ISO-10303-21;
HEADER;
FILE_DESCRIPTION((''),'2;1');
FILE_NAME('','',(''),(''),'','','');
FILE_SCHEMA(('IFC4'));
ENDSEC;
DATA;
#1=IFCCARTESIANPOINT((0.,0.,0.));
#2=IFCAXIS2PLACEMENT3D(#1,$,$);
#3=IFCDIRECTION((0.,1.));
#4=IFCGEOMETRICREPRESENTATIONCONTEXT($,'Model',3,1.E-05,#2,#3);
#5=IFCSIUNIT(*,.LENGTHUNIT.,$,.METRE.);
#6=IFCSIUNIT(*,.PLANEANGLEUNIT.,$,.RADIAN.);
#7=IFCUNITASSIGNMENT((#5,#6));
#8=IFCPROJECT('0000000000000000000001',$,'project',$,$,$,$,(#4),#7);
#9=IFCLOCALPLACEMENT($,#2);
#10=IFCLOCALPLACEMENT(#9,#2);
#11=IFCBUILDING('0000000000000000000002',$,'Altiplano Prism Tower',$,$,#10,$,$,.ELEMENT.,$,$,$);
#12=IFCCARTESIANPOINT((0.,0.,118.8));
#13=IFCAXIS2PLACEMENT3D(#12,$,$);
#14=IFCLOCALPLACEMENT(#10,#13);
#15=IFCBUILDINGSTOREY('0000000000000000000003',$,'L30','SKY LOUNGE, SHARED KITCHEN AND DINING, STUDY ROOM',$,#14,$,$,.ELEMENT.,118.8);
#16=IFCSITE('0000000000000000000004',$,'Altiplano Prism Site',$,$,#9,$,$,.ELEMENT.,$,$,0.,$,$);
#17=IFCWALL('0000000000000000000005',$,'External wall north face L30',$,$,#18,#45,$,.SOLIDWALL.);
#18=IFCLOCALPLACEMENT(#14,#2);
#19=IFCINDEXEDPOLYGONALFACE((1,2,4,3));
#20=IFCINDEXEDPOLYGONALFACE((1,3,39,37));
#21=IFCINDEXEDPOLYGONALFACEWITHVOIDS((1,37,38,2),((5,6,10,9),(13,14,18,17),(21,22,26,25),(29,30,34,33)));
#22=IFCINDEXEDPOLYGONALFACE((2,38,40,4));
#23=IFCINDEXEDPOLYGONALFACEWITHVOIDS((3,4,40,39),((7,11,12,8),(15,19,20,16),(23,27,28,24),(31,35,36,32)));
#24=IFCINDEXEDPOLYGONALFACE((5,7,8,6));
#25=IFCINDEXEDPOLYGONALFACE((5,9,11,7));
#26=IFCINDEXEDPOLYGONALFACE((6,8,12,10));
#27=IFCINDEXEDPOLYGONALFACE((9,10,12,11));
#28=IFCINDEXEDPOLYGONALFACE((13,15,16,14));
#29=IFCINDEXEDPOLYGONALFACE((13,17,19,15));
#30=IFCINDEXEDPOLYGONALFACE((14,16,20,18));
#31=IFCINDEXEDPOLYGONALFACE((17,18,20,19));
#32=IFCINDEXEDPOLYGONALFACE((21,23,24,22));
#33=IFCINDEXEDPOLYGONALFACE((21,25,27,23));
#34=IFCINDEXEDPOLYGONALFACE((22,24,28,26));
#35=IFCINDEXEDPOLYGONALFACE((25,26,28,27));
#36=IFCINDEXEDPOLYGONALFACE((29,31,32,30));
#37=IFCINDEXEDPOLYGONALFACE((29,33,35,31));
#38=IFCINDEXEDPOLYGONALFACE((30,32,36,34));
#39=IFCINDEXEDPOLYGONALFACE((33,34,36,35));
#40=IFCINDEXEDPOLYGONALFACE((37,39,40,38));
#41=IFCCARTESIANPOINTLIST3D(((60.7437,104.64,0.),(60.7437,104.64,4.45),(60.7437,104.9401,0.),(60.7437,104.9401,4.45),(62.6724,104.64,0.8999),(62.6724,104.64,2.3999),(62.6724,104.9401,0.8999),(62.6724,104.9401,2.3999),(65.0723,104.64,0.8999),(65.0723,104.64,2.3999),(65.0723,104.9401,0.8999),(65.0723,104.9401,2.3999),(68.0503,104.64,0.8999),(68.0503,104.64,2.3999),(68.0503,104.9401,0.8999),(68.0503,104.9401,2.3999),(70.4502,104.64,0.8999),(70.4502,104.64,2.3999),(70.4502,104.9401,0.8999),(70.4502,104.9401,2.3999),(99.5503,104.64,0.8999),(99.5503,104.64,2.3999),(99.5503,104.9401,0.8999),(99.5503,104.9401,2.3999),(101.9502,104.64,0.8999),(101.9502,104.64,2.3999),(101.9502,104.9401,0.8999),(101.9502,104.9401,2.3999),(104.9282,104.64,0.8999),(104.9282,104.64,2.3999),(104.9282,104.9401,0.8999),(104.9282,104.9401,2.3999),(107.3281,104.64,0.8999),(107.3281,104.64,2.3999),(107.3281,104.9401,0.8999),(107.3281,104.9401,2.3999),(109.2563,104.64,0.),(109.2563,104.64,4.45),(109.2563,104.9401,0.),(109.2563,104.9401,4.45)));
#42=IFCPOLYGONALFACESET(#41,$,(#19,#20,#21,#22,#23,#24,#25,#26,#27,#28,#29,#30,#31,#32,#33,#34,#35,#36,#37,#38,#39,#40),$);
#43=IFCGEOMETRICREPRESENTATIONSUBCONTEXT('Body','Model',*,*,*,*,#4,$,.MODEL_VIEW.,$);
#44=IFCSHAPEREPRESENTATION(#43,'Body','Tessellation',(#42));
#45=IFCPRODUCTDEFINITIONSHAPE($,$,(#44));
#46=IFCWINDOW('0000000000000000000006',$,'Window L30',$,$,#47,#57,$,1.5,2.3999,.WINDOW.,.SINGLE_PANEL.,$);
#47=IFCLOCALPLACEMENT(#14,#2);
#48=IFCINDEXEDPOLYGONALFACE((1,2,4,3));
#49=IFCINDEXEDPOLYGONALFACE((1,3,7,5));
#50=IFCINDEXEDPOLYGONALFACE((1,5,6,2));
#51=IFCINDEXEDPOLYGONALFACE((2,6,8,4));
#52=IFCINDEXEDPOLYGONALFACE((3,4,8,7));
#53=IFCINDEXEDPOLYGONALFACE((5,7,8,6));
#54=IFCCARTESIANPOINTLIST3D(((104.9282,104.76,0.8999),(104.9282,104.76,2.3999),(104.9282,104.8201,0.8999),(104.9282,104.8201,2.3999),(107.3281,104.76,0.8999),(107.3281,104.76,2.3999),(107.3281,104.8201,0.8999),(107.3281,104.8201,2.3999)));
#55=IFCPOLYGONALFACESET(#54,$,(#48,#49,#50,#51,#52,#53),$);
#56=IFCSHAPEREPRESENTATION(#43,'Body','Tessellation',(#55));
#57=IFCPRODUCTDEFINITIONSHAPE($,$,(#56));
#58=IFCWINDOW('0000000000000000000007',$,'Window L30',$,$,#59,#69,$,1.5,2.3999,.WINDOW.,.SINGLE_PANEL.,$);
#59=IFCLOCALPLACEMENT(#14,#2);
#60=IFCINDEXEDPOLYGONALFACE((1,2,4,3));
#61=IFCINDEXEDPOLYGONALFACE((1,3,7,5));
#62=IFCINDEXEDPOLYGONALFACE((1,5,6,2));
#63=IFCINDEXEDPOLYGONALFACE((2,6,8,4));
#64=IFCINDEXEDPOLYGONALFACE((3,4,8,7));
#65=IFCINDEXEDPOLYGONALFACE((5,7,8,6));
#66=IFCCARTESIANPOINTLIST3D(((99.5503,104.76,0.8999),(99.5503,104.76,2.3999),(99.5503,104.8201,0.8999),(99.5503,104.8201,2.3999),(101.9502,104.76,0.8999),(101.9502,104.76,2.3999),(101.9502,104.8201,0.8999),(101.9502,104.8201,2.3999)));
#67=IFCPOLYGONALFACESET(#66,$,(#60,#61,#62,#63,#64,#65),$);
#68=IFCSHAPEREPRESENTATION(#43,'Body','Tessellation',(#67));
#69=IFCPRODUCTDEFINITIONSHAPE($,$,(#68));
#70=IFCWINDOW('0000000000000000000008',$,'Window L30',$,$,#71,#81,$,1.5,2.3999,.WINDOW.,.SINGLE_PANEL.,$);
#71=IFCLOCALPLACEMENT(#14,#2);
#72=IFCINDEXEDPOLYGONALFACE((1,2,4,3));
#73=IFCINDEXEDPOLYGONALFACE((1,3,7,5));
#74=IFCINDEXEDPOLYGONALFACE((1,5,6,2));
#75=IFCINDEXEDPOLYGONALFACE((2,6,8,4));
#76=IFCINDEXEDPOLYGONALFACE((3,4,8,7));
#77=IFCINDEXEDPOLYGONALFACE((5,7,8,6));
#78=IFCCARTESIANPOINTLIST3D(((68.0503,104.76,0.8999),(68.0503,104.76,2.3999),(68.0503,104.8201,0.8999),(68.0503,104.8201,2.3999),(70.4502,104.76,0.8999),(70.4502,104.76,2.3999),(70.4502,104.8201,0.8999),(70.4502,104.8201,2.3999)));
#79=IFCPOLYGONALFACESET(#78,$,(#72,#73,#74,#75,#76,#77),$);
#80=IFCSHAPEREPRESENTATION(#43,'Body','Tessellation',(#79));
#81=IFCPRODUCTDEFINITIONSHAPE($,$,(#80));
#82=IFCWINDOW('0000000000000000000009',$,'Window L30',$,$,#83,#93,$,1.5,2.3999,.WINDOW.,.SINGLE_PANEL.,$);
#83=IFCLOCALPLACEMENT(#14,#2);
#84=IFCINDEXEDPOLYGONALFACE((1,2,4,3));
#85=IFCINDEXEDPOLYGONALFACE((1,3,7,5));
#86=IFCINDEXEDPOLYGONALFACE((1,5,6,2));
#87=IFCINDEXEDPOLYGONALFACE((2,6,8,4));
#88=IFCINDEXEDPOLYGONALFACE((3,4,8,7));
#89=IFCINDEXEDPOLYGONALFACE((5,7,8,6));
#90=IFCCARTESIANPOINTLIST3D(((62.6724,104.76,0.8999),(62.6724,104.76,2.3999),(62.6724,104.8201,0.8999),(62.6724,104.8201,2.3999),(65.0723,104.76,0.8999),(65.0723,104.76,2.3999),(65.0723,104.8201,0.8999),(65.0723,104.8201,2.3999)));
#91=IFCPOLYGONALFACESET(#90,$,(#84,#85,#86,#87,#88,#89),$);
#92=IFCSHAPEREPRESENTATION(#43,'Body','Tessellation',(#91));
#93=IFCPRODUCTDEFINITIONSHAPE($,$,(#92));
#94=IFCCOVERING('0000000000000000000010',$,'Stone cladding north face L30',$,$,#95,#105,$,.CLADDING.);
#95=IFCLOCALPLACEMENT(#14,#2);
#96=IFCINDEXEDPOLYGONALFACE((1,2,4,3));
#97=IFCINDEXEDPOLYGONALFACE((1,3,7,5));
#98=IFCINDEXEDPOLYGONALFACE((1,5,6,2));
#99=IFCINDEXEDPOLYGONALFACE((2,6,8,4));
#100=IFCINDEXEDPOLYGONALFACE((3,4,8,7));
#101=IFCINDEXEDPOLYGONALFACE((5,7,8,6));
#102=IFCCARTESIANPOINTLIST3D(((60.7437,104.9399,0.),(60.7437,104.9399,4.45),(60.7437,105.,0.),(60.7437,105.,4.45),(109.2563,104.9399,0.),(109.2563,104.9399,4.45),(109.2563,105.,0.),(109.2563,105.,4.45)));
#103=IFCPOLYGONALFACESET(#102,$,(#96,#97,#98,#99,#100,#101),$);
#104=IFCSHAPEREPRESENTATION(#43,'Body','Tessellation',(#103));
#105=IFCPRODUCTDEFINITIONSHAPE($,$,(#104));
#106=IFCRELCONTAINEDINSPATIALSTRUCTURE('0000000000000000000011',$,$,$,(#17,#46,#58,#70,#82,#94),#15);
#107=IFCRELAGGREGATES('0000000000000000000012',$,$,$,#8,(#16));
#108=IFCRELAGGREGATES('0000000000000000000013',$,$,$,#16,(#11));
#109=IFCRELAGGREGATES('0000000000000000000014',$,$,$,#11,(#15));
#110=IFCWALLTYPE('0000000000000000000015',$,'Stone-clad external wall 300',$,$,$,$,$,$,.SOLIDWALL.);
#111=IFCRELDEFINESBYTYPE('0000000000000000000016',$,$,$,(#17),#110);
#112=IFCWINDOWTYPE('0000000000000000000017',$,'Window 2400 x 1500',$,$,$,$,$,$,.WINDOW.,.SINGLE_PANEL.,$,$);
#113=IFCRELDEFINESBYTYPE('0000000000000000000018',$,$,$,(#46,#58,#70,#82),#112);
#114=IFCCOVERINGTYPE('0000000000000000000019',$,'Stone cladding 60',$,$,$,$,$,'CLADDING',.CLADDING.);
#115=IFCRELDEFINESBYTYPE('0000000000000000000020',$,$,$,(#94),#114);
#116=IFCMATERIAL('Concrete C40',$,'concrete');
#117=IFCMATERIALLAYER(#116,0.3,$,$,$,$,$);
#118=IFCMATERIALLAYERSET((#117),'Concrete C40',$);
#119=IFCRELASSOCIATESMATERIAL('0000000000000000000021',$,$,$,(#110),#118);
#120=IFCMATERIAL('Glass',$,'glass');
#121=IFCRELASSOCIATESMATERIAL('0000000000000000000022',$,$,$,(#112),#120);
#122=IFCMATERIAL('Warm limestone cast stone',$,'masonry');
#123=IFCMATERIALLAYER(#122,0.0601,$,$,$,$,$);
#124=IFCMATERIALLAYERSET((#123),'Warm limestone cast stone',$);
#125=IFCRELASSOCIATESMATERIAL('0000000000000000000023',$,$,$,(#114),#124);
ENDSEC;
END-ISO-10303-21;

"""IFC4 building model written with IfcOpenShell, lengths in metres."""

from ifc_helpers import new_model, si_unit, direction, frame, frame_2d, origin, place, context, subcontext, project, spatial, rectangle, extrude, material, layer, layer_set, type_object, element, fill, save


model = new_model("IFC4")

# Units and contexts
model_context = context("Model", 3, precision=1e-05, world=origin(), true_north=direction((0.0, 1.0)))
body_context = subcontext(model_context, "Body", "Model", "MODEL_VIEW")
ifc_project = project(units=[si_unit("LENGTHUNIT", "METRE"), si_unit("PLANEANGLEUNIT", "RADIAN")], contexts=[model_context])

# Site, building, storey
site_placement = place(None, origin())
site = spatial("IfcSite", under=ifc_project, at=site_placement, Name="Altiplano Prism Site", CompositionType="ELEMENT", RefElevation=0.0)
building_placement = place(site_placement, origin())
building = spatial("IfcBuilding", under=site, at=building_placement, Name="Altiplano Prism Tower", CompositionType="ELEMENT")
storey_placement = place(building_placement, frame((0.0, 0.0, 118.8)))
storey = spatial("IfcBuildingStorey", under=building, at=storey_placement, Name="L30", Description="SKY LOUNGE, SHARED KITCHEN AND DINING, STUDY ROOM", CompositionType="ELEMENT", Elevation=118.8)

# Wall, openings, windows
ifc_material_1 = material(Name="Concrete C40", Category="concrete")
ifc_layer_1 = layer(ifc_material_1, 0.3)
ifc_layer_set_1 = layer_set([ifc_layer_1], Name="Concrete C40")
wall_type_1 = type_object("IfcWallType", Name="Stone-clad external wall 300", PredefinedType="SOLIDWALL", material=ifc_layer_set_1)
wall_1_placement = place(storey_placement, frame((60.7437, 104.79, 0.0), z_axis=(0.0, 0.0, 1.0), x_axis=(1.0, 0.0, 0.0)))
wall_1 = element("IfcWall", 1, at=wall_1_placement, inside=storey, type_object=wall_type_1, Name="External wall north face L30", PredefinedType="SOLIDWALL", context=body_context, shape_type="SweptSolid", body=[
    extrude(rectangle(XDim=48.5127, YDim=0.3, at=frame_2d((24.2563, 0.0))), origin(), (0.0, 0.0, 1.0), 4.45),
])
opening_1_placement = place(wall_1_placement, frame((44.1846, 0.0, 0.8999)))
opening_1 = element("IfcOpeningElement", 2, at=opening_1_placement, cuts=wall_1, PredefinedType="OPENING", context=body_context, shape_type="SweptSolid", body=[
    extrude(rectangle(XDim=2.3999, YDim=1.5, at=frame_2d((1.2, 0.75))), frame((0.0, 0.1606, 0.0), z_axis=(0.0, -1.0, 0.0), x_axis=(1.0, 0.0, 0.0)), (0.0, 0.0, 1.0), 0.321),
])
opening_2_placement = place(wall_1_placement, frame((38.8066, 0.0, 0.8999)))
opening_2 = element("IfcOpeningElement", 3, at=opening_2_placement, cuts=wall_1, PredefinedType="OPENING", context=body_context, shape_type="SweptSolid", body=[
    extrude(rectangle(XDim=2.3999, YDim=1.5, at=frame_2d((1.2, 0.75))), frame((0.0, 0.1606, 0.0), z_axis=(0.0, -1.0, 0.0), x_axis=(1.0, 0.0, 0.0)), (0.0, 0.0, 1.0), 0.321),
])
opening_3_placement = place(wall_1_placement, frame((7.3066, 0.0, 0.8999)))
opening_3 = element("IfcOpeningElement", 4, at=opening_3_placement, cuts=wall_1, PredefinedType="OPENING", context=body_context, shape_type="SweptSolid", body=[
    extrude(rectangle(XDim=2.3999, YDim=1.5, at=frame_2d((1.2, 0.75))), frame((0.0, 0.1606, 0.0), z_axis=(0.0, -1.0, 0.0), x_axis=(1.0, 0.0, 0.0)), (0.0, 0.0, 1.0), 0.321),
])
opening_4_placement = place(wall_1_placement, frame((1.9287, 0.0, 0.8999)))
opening_4 = element("IfcOpeningElement", 5, at=opening_4_placement, cuts=wall_1, PredefinedType="OPENING", context=body_context, shape_type="SweptSolid", body=[
    extrude(rectangle(XDim=2.3999, YDim=1.5, at=frame_2d((1.2, 0.75))), frame((0.0, 0.1606, 0.0), z_axis=(0.0, -1.0, 0.0), x_axis=(1.0, 0.0, 0.0)), (0.0, 0.0, 1.0), 0.321),
])
ifc_material_2 = material(Name="Glass", Category="glass")
window_type = type_object("IfcWindowType", Name="Window 2400 x 1500", PartitioningType="SINGLE_PANEL", PredefinedType="WINDOW", material=ifc_material_2)
window_1_placement = place(opening_1_placement, origin())
window_1 = element("IfcWindow", 6, at=window_1_placement, inside=storey, type_object=window_type, Name="Window L30", OverallHeight=1.5, OverallWidth=2.3999, PartitioningType="SINGLE_PANEL", PredefinedType="WINDOW", context=body_context, shape_type="SweptSolid", body=[
    extrude(rectangle(XDim=2.3999, YDim=1.5, at=frame_2d((1.2, 0.75))), frame((0.0, 0.03, 0.0), z_axis=(0.0, -1.0, 0.0), x_axis=(1.0, 0.0, 0.0)), (0.0, 0.0, 1.0), 0.0601),
])
fill(opening_1, window_1)
window_2_placement = place(opening_2_placement, origin())
window_2 = element("IfcWindow", 7, at=window_2_placement, inside=storey, type_object=window_type, Name="Window L30", OverallHeight=1.5, OverallWidth=2.3999, PartitioningType="SINGLE_PANEL", PredefinedType="WINDOW", context=body_context, shape_type="SweptSolid", body=[
    extrude(rectangle(XDim=2.3999, YDim=1.5, at=frame_2d((1.2, 0.75))), frame((0.0, 0.03, 0.0), z_axis=(0.0, -1.0, 0.0), x_axis=(1.0, 0.0, 0.0)), (0.0, 0.0, 1.0), 0.0601),
])
fill(opening_2, window_2)
window_3_placement = place(opening_3_placement, origin())
window_3 = element("IfcWindow", 8, at=window_3_placement, inside=storey, type_object=window_type, Name="Window L30", OverallHeight=1.5, OverallWidth=2.3999, PartitioningType="SINGLE_PANEL", PredefinedType="WINDOW", context=body_context, shape_type="SweptSolid", body=[
    extrude(rectangle(XDim=2.3999, YDim=1.5, at=frame_2d((1.2, 0.75))), frame((0.0, 0.03, 0.0), z_axis=(0.0, -1.0, 0.0), x_axis=(1.0, 0.0, 0.0)), (0.0, 0.0, 1.0), 0.0601),
])
fill(opening_3, window_3)
window_4_placement = place(opening_4_placement, origin())
window_4 = element("IfcWindow", 9, at=window_4_placement, inside=storey, type_object=window_type, Name="Window L30", OverallHeight=1.5, OverallWidth=2.3999, PartitioningType="SINGLE_PANEL", PredefinedType="WINDOW", context=body_context, shape_type="SweptSolid", body=[
    extrude(rectangle(XDim=2.3999, YDim=1.5, at=frame_2d((1.2, 0.75))), frame((0.0, 0.03, 0.0), z_axis=(0.0, -1.0, 0.0), x_axis=(1.0, 0.0, 0.0)), (0.0, 0.0, 1.0), 0.0601),
])
fill(opening_4, window_4)

# Covering
ifc_material_3 = material(Name="Warm limestone cast stone", Category="masonry")
ifc_layer_2 = layer(ifc_material_3, 0.0601)
ifc_layer_set_2 = layer_set([ifc_layer_2], Name="Warm limestone cast stone")
covering_type = type_object("IfcCoveringType", Name="Stone cladding 60", ElementType="CLADDING", PredefinedType="CLADDING", material=ifc_layer_set_2)
covering_placement = place(storey_placement, frame((60.7437, 104.97, 0.0), z_axis=(0.0, 0.0, 1.0), x_axis=(1.0, 0.0, 0.0)))
element("IfcCovering", 10, at=covering_placement, inside=storey, type_object=covering_type, Name="Stone cladding north face L30", PredefinedType="CLADDING", context=body_context, shape_type="SweptSolid", body=[
    extrude(rectangle(XDim=48.5127, YDim=0.0601, at=frame_2d((24.2563, 0.0))), origin(), (0.0, 0.0, 1.0), 4.45),
])

save(model, "model.ifc")
